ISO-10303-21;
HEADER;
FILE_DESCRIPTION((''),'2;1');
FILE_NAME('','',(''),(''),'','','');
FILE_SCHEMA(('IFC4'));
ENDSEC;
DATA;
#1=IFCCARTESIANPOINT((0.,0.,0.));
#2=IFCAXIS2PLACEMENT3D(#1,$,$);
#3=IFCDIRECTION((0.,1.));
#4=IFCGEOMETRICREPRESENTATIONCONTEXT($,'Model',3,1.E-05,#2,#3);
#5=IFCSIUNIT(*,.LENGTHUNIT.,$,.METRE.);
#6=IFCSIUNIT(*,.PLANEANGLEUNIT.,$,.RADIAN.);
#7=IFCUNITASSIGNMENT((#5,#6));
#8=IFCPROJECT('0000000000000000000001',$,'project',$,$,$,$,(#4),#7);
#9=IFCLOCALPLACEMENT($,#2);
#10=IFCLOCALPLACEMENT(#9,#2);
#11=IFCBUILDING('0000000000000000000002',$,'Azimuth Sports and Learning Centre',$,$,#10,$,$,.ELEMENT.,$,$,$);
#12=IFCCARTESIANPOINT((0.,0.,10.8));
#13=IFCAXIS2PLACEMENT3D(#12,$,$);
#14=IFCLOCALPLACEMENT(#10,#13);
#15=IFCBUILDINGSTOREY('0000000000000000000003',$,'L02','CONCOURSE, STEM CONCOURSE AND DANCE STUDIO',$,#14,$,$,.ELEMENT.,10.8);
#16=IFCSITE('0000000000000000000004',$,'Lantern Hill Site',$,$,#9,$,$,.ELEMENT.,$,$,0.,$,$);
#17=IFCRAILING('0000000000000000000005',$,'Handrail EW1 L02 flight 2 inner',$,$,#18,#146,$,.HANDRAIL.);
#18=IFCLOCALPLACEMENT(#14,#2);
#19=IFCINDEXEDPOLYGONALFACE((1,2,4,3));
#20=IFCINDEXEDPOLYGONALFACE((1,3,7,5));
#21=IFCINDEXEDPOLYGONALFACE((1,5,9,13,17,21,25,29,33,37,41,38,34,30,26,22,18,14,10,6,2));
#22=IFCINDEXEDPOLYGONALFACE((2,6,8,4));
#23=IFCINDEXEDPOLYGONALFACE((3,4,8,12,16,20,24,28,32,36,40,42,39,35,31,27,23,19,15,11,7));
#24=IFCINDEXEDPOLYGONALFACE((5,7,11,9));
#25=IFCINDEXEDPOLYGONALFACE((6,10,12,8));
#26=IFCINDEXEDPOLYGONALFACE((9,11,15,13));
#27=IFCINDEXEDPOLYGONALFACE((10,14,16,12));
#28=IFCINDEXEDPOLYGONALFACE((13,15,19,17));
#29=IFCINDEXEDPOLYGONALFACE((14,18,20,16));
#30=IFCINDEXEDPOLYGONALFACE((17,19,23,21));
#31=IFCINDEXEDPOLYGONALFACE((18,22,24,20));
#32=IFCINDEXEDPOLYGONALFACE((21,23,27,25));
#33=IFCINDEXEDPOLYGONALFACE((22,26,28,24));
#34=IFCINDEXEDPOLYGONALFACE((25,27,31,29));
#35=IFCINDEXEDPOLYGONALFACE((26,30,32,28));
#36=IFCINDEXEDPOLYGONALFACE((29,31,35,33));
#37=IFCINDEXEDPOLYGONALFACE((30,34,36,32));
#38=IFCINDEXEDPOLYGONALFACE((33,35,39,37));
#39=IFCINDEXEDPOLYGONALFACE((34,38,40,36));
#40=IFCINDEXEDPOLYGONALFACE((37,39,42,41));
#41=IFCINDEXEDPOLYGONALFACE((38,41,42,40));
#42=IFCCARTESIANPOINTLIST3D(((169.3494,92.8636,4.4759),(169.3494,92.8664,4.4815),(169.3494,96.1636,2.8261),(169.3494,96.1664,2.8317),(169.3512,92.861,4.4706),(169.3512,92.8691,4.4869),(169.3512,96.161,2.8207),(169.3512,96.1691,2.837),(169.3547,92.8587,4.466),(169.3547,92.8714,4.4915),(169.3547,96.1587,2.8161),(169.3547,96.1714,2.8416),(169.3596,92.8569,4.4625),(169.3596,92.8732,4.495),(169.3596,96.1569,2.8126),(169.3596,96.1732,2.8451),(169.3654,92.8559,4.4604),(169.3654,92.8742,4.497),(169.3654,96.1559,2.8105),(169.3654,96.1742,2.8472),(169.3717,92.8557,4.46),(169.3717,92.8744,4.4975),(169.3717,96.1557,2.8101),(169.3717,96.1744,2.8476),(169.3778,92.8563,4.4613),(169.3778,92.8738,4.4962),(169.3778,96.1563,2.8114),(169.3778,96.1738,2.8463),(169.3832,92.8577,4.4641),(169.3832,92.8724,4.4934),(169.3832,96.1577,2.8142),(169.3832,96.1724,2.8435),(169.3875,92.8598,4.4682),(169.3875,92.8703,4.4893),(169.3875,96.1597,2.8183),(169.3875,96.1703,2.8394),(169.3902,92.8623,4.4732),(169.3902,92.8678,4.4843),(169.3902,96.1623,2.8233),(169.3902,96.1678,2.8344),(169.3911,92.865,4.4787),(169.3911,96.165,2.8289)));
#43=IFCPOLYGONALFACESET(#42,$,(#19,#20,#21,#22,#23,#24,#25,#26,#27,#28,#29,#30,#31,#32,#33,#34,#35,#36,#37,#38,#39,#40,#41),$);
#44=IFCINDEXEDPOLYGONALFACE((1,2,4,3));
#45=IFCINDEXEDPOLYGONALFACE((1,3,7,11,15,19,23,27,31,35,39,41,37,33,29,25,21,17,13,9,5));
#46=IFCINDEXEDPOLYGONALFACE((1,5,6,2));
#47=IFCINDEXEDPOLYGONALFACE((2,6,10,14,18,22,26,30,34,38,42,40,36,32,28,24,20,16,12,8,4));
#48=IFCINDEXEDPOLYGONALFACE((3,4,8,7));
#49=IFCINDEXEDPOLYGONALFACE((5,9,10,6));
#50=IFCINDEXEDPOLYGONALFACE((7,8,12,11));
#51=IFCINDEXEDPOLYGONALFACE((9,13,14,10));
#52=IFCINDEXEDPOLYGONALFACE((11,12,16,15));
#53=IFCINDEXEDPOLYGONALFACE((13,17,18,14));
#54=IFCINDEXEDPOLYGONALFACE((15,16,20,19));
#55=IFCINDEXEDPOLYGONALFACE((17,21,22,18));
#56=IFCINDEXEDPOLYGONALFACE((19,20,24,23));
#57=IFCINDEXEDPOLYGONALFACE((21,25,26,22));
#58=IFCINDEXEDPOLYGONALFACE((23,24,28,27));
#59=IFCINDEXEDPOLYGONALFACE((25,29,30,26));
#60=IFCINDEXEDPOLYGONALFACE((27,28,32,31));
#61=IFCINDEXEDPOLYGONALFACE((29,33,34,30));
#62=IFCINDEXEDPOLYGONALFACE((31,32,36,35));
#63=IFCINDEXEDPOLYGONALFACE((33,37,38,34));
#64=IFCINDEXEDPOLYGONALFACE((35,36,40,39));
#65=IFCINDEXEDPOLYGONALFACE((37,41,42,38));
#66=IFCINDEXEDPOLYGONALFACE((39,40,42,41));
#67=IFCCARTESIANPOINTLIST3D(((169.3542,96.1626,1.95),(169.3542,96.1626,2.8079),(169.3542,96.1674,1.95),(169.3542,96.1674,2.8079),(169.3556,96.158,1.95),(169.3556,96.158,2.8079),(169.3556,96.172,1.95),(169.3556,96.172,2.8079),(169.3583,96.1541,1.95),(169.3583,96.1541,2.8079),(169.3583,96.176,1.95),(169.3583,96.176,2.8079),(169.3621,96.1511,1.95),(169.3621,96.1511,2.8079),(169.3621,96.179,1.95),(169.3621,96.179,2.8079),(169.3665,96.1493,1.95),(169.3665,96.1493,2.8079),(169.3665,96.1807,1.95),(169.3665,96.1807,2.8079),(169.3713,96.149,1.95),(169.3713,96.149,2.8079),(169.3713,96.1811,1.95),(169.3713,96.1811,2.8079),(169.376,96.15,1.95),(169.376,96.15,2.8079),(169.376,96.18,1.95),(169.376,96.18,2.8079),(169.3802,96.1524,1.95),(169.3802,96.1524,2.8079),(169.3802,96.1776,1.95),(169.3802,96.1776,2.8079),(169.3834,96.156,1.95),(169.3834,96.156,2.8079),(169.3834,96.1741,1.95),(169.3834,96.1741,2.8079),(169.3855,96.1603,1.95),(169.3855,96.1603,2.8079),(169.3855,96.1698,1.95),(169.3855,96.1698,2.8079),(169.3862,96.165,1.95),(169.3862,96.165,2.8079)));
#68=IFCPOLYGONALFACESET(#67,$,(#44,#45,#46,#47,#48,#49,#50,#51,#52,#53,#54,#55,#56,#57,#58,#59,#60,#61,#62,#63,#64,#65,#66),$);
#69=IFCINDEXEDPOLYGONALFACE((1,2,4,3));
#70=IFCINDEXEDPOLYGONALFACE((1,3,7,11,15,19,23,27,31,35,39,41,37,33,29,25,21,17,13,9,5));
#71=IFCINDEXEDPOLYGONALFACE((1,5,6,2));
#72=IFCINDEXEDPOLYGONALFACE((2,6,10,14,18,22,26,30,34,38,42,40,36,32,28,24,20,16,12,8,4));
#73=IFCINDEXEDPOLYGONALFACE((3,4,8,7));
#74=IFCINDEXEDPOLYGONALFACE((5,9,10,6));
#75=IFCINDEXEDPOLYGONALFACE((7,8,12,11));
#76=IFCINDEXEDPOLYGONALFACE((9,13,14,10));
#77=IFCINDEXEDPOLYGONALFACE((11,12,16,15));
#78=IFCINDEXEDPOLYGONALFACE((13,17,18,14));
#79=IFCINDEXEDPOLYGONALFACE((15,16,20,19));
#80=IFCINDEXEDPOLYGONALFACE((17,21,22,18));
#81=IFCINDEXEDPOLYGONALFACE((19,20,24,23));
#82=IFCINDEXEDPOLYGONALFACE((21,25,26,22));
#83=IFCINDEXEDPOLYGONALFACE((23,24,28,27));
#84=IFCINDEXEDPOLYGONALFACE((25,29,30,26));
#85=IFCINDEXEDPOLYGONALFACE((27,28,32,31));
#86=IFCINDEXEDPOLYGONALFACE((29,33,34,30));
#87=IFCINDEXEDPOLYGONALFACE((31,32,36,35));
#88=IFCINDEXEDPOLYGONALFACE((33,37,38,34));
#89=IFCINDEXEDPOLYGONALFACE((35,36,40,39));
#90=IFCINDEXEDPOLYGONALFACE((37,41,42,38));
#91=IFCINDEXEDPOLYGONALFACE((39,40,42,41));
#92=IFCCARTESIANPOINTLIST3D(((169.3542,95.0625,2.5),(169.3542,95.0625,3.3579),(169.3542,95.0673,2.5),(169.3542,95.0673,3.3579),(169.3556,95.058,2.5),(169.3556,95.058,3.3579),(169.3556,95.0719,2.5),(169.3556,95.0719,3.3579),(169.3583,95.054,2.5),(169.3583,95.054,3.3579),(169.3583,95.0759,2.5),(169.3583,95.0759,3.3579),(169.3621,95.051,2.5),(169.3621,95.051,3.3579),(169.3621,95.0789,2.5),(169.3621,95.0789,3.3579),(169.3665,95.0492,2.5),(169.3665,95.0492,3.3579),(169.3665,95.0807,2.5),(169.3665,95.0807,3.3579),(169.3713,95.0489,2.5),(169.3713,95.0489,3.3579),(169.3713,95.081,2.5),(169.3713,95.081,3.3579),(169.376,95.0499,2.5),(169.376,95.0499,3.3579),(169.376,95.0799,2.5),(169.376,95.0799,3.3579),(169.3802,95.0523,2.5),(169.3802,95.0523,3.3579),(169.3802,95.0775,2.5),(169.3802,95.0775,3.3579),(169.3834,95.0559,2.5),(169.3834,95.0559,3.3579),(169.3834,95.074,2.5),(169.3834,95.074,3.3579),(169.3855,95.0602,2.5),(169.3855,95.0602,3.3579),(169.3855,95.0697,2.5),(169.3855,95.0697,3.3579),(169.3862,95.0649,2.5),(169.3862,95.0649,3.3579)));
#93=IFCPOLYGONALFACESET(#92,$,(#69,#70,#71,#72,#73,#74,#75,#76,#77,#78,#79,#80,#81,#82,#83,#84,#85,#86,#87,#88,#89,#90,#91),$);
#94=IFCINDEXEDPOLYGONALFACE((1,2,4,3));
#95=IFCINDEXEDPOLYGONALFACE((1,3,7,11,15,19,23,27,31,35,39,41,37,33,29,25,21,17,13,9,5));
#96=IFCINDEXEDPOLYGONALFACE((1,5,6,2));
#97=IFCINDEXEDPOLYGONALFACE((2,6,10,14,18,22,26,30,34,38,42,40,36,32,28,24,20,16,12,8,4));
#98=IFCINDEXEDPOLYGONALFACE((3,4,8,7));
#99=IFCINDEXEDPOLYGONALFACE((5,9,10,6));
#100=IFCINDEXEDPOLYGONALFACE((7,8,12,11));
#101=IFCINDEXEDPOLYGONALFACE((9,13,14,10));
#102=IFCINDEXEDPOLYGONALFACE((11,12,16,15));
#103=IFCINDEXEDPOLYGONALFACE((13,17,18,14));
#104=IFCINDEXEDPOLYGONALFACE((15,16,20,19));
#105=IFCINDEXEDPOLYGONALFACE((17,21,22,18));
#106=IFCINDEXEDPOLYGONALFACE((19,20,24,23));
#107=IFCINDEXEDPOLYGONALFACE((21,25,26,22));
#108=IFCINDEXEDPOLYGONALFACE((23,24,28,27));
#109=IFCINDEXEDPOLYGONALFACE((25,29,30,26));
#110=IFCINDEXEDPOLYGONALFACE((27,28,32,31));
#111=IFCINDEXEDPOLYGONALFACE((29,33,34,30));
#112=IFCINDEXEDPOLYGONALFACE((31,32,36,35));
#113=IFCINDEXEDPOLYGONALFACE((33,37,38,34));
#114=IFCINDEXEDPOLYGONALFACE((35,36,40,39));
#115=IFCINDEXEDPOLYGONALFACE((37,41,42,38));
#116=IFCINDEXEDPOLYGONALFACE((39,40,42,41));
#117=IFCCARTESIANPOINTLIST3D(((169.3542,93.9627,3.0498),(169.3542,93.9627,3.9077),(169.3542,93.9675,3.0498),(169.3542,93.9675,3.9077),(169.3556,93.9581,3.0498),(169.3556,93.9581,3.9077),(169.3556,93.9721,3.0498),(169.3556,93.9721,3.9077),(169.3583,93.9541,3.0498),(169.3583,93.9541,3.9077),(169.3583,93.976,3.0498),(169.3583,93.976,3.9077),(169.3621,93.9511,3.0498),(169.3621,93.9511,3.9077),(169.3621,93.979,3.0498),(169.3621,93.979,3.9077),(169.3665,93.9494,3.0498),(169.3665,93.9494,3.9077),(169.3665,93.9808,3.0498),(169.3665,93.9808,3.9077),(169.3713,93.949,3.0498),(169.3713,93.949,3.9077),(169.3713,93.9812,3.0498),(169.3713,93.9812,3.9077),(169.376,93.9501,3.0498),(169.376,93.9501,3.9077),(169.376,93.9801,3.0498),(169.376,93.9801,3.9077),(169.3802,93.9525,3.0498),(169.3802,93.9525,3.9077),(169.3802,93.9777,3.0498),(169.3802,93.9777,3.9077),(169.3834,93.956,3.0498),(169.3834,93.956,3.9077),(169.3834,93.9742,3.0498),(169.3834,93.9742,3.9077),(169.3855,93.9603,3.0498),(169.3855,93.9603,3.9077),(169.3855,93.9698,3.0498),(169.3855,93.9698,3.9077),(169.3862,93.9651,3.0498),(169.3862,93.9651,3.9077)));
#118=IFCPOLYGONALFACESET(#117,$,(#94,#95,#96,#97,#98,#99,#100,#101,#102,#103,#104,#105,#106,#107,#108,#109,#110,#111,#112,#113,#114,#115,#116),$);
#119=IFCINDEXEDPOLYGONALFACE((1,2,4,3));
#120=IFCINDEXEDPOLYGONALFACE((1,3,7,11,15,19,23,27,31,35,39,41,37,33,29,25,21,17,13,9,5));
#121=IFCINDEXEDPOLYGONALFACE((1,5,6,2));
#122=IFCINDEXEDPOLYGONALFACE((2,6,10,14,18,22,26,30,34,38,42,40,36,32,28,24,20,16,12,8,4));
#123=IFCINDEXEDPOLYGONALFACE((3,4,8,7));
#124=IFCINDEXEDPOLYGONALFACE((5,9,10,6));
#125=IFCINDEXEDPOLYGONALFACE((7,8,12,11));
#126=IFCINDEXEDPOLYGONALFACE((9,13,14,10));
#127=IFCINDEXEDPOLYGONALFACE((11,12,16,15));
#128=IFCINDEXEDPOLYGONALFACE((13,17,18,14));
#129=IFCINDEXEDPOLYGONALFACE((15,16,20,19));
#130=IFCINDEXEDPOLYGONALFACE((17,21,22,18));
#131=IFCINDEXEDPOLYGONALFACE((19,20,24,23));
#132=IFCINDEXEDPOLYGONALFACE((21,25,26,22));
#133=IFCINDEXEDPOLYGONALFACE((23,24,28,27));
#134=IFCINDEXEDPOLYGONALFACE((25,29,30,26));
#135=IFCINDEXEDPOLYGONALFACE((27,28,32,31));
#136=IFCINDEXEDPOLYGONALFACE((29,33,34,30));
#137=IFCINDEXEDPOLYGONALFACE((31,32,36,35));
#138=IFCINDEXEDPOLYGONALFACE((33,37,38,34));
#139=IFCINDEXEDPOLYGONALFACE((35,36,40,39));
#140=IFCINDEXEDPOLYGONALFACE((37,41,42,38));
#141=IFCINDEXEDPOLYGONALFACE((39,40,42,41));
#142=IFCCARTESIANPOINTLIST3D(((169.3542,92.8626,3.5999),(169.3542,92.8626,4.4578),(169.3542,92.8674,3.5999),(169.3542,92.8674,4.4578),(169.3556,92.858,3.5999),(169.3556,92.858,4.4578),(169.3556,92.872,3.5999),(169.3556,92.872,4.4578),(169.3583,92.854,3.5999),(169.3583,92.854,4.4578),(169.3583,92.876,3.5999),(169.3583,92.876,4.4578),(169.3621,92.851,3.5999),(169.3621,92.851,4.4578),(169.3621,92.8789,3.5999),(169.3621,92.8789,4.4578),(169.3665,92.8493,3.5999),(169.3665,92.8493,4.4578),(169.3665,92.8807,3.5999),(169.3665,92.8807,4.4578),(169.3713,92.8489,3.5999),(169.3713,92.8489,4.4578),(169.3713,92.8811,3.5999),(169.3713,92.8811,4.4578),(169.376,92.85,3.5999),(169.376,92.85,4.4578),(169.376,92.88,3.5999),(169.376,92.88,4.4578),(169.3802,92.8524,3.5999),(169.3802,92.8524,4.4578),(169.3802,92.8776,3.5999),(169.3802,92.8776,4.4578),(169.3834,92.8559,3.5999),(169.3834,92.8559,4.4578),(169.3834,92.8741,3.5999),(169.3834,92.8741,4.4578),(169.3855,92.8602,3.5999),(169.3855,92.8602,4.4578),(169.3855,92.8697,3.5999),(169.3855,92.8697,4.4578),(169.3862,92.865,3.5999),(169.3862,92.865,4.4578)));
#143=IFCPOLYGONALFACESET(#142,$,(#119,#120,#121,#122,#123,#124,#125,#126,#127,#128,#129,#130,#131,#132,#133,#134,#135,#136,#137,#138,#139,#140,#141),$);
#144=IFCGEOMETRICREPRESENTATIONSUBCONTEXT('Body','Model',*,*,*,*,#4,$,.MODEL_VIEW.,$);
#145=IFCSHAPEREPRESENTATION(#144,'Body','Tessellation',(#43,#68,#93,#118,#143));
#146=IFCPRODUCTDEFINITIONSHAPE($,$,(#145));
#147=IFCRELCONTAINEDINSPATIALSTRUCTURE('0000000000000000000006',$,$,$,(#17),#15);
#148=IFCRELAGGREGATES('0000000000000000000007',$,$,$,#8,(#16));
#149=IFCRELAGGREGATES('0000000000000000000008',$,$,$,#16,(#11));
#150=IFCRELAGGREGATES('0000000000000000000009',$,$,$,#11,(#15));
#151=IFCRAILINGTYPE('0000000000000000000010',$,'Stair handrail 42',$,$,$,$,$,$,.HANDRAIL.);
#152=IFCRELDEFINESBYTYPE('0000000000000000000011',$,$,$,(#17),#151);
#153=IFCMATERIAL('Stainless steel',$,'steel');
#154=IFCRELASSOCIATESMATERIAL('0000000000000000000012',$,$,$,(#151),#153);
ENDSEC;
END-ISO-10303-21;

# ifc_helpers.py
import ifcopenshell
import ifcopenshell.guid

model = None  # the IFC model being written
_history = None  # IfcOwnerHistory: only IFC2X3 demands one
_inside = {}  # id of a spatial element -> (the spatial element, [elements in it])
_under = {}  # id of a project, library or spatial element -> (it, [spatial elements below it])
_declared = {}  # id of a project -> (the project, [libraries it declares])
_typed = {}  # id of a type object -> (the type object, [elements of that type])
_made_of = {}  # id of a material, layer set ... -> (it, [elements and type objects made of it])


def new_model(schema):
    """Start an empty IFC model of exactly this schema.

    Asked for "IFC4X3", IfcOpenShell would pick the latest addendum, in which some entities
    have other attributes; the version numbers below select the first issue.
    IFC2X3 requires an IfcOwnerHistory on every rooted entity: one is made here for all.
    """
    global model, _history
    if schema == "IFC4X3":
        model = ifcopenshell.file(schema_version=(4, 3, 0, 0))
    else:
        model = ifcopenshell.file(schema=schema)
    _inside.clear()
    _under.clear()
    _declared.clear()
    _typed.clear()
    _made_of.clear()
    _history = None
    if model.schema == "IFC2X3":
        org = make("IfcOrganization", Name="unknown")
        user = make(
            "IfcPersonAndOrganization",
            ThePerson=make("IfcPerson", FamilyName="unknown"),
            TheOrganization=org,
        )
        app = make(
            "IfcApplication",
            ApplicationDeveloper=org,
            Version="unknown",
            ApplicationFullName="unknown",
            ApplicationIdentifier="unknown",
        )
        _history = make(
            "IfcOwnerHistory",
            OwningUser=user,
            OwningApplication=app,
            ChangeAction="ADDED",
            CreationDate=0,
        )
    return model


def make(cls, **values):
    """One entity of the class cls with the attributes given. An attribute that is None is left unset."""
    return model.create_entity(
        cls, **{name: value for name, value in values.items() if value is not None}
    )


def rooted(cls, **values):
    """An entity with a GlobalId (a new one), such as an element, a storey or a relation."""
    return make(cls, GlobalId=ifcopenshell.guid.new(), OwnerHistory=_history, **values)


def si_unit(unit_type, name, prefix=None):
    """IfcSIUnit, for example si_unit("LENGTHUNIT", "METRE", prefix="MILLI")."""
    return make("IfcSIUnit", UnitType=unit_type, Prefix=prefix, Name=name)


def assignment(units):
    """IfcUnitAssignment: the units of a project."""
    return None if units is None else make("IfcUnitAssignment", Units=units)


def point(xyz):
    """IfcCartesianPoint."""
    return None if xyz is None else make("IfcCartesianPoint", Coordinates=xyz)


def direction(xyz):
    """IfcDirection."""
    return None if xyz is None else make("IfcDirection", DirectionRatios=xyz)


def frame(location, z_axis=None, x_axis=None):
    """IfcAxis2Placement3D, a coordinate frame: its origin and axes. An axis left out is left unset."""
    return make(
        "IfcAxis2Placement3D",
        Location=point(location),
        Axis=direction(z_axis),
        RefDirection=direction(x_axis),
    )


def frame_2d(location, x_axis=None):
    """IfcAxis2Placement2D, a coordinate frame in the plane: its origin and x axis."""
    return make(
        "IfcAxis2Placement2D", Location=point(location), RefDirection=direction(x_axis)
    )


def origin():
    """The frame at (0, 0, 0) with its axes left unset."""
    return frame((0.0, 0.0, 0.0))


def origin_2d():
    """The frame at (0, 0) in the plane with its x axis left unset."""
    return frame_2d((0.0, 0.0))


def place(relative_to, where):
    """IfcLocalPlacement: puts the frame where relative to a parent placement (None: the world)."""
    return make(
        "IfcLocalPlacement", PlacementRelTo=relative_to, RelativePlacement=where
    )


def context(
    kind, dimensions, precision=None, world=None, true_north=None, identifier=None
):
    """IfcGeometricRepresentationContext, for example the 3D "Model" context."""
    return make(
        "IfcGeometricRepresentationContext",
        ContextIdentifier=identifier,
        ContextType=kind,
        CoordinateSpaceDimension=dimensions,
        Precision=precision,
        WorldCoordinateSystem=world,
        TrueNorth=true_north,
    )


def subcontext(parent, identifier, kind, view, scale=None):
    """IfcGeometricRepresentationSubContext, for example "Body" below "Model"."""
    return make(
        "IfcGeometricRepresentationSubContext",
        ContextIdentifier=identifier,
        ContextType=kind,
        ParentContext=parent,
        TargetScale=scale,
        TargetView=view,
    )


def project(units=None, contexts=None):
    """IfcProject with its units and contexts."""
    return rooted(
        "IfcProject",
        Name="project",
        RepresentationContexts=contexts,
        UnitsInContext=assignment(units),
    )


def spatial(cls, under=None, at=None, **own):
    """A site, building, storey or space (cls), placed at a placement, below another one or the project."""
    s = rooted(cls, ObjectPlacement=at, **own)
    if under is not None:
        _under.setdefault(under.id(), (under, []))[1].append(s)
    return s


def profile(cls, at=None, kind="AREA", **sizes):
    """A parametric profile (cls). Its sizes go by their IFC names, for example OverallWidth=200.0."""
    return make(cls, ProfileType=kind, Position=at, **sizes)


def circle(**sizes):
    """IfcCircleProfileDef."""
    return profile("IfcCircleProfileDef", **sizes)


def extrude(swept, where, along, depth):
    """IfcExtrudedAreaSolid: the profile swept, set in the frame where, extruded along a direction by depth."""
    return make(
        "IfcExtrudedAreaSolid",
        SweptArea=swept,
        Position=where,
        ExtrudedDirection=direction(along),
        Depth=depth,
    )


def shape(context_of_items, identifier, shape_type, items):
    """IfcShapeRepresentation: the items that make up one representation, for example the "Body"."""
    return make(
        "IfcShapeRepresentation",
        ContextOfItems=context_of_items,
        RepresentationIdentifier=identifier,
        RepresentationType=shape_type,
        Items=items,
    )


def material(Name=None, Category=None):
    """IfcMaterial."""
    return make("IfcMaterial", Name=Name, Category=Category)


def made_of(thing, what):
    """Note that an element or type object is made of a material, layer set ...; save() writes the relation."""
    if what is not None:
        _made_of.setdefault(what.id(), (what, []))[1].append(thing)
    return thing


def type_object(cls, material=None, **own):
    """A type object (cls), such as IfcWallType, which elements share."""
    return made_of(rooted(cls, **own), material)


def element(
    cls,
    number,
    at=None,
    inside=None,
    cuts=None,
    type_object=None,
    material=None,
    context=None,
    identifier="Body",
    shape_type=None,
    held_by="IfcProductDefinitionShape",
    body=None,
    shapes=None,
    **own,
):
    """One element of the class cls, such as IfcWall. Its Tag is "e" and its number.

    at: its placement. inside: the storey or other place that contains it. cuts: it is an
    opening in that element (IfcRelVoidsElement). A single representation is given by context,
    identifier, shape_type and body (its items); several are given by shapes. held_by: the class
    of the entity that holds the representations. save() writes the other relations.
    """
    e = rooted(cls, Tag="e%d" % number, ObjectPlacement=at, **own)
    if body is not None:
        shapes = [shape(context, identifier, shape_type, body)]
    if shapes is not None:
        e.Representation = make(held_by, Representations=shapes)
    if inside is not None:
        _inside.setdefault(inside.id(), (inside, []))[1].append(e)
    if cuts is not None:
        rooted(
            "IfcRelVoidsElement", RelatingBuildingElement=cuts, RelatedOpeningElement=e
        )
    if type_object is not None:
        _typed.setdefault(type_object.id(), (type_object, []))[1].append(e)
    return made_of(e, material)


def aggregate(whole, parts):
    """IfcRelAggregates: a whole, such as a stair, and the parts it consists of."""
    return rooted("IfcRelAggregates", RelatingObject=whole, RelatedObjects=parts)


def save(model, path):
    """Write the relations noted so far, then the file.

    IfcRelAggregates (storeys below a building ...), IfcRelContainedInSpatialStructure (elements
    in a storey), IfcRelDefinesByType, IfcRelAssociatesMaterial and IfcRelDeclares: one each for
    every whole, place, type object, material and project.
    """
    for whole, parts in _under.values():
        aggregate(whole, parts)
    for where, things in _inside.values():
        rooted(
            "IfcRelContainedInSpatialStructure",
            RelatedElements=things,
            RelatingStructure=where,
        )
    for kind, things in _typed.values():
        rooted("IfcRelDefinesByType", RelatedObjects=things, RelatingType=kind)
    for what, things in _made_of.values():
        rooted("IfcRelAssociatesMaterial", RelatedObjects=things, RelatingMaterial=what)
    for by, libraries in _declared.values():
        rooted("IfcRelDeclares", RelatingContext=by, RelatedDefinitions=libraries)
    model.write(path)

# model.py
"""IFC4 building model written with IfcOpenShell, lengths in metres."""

from ifc_helpers import new_model, si_unit, direction, frame, origin, origin_2d, place, context, subcontext, project, spatial, circle, extrude, material, type_object, element, save


model = new_model("IFC4")

# Units and contexts
model_context = context("Model", 3, precision=1e-05, world=origin(), true_north=direction((0.0, 1.0)))
body_context = subcontext(model_context, "Body", "Model", "MODEL_VIEW")
ifc_project = project(units=[si_unit("LENGTHUNIT", "METRE"), si_unit("PLANEANGLEUNIT", "RADIAN")], contexts=[model_context])

# Site, building, storey
site_placement = place(None, origin())
site = spatial("IfcSite", under=ifc_project, at=site_placement, Name="Lantern Hill Site", CompositionType="ELEMENT", RefElevation=0.0)
building_placement = place(site_placement, origin())
building = spatial("IfcBuilding", under=site, at=building_placement, Name="Azimuth Sports and Learning Centre", CompositionType="ELEMENT")
storey_placement = place(building_placement, frame((0.0, 0.0, 10.8)))
storey = spatial("IfcBuildingStorey", under=building, at=storey_placement, Name="L02", Description="CONCOURSE, STEM CONCOURSE AND DANCE STUDIO", CompositionType="ELEMENT", Elevation=10.8)

# Railing
ifc_material_1 = material(Name="Stainless steel", Category="steel")
railing_type_1 = type_object("IfcRailingType", Name="Stair handrail 42", PredefinedType="HANDRAIL", material=ifc_material_1)
for number, where, name in (
    (1, (169.3701, 96.165, 1.95), "Handrail EW1 L02 flight 2 inner"),
):
    element("IfcRailing", number, at=place(storey_placement, frame(where)), inside=storey, type_object=railing_type_1, Name=name, PredefinedType="HANDRAIL", context=body_context, shape_type="SweptSolid", body=[
        extrude(circle(Radius=0.021, at=origin_2d()), frame((0.0, 0.0, 0.8789), z_axis=(0.0, -0.89444, 0.447187), x_axis=(1.0, 0.0, 0.0)), (0.0, 0.0, 1.0), 3.6895),
        extrude(circle(Radius=0.0161, at=origin_2d()), origin(), (0.0, 0.0, 1.0), 0.8579),
        extrude(circle(Radius=0.0161, at=origin_2d()), frame((0.0, -1.1001, 0.55)), (0.0, 0.0, 1.0), 0.8579),
        extrude(circle(Radius=0.0161, at=origin_2d()), frame((0.0, -2.2, 1.0999)), (0.0, 0.0, 1.0), 0.8579),
        extrude(circle(Radius=0.0161, at=origin_2d()), frame((0.0, -3.3, 1.6499)), (0.0, 0.0, 1.0), 0.8579),
    ])

save(model, "model.ifc")
